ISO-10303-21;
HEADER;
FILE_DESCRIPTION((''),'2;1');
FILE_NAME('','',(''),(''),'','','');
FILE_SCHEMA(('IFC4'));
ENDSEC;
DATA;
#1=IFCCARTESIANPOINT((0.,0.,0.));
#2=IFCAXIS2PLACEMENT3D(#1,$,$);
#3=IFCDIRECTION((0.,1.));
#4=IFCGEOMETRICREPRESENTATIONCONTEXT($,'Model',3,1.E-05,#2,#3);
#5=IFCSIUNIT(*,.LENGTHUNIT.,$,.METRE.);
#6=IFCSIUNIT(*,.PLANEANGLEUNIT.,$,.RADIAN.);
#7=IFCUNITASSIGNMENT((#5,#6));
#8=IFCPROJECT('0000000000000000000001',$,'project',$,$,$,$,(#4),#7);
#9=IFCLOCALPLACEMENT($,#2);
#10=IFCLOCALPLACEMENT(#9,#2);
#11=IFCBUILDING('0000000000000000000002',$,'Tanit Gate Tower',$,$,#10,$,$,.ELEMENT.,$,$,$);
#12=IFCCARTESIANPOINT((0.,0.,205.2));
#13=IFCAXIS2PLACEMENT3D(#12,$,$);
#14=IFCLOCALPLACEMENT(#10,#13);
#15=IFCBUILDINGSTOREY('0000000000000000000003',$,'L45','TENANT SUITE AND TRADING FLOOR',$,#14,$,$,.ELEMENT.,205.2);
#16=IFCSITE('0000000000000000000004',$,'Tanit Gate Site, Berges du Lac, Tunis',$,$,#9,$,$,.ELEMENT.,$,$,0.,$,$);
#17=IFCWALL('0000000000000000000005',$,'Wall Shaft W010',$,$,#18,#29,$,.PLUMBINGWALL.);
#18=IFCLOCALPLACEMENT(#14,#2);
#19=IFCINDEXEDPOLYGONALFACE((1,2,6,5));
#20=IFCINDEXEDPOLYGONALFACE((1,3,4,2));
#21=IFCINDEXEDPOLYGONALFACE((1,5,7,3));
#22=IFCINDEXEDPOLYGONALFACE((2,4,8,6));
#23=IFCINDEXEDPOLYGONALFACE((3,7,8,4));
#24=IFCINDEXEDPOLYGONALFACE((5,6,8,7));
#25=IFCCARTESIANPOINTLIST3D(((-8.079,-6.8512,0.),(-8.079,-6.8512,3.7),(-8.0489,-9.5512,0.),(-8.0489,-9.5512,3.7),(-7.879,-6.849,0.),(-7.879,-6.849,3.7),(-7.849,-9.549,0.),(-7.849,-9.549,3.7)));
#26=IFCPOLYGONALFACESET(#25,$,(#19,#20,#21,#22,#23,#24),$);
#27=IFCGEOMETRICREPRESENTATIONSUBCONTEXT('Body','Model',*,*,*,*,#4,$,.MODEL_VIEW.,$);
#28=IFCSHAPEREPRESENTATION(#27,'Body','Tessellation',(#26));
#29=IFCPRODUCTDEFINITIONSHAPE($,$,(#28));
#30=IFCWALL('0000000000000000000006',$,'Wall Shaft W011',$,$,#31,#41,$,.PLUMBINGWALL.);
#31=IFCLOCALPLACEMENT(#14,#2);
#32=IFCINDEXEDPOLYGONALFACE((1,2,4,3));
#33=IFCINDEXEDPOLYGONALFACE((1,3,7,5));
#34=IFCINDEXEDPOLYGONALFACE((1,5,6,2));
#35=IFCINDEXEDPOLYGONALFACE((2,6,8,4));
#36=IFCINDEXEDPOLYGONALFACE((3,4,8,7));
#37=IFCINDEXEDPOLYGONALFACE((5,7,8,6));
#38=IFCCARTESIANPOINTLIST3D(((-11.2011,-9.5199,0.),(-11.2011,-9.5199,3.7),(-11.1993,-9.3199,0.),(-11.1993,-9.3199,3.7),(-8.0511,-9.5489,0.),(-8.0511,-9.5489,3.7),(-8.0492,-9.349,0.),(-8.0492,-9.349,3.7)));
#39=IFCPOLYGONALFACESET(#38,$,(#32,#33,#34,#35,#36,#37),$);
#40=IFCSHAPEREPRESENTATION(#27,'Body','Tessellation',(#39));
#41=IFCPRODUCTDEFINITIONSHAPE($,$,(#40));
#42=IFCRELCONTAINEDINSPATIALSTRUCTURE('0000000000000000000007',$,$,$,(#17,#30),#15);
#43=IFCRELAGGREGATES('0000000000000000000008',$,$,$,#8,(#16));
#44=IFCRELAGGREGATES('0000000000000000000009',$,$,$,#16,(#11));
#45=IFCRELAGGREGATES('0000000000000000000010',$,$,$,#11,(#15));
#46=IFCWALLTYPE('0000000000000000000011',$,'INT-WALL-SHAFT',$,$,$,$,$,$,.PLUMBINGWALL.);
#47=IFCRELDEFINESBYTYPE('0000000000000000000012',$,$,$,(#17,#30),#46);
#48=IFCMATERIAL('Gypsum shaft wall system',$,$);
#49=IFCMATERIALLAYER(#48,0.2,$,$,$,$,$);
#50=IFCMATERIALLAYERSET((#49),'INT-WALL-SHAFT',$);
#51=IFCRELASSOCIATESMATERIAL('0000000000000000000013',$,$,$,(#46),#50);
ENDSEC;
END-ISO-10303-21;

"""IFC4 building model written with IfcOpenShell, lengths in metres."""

from ifc_helpers import new_model, si_unit, direction, frame, frame_2d, origin, place, context, subcontext, project, spatial, rectangle, extrude, material, layer, layer_set, type_object, element, save


model = new_model("IFC4")

# Units and contexts
model_context = context("Model", 3, precision=1e-05, world=origin(), true_north=direction((0.0, 1.0)))
body_context = subcontext(model_context, "Body", "Model", "MODEL_VIEW")
ifc_project = project(units=[si_unit("LENGTHUNIT", "METRE"), si_unit("PLANEANGLEUNIT", "RADIAN")], contexts=[model_context])

# Site, building, storey
site_placement = place(None, origin())
site = spatial("IfcSite", under=ifc_project, at=site_placement, Name="Tanit Gate Site, Berges du Lac, Tunis", CompositionType="ELEMENT", RefElevation=0.0)
building_placement = place(site_placement, origin())
building = spatial("IfcBuilding", under=site, at=building_placement, Name="Tanit Gate Tower", CompositionType="ELEMENT")
storey_placement = place(building_placement, frame((0.0, 0.0, 205.2)))
storey = spatial("IfcBuildingStorey", under=building, at=storey_placement, Name="L45", Description="TENANT SUITE AND TRADING FLOOR", CompositionType="ELEMENT", Elevation=205.2)

# Walls
ifc_material_1 = material(Name="Gypsum shaft wall system")
ifc_layer_1 = layer(ifc_material_1, 0.2)
ifc_layer_set_1 = layer_set([ifc_layer_1], Name="INT-WALL-SHAFT")
wall_type_1 = type_object("IfcWallType", Name="INT-WALL-SHAFT", PredefinedType="PLUMBINGWALL", material=ifc_layer_set_1)
wall_1_placement = place(storey_placement, frame((-7.979, -6.8501, 0.0), z_axis=(0.0, 0.0, 1.0), x_axis=(0.011121, -0.999938, 0.0)))
element("IfcWall", 1, at=wall_1_placement, inside=storey, type_object=wall_type_1, Name="Wall Shaft W010", PredefinedType="PLUMBINGWALL", context=body_context, shape_type="SweptSolid", body=[
    extrude(rectangle(XDim=2.7002, YDim=0.2, at=frame_2d((1.3501, 0.0))), origin(), (0.0, 0.0, 1.0), 3.7),
])
wall_2_placement = place(storey_placement, frame((-8.05, -9.449, 0.0), z_axis=(0.0, 0.0, 1.0), x_axis=(-0.999957, 0.009223, 0.0)))
element("IfcWall", 2, at=wall_2_placement, inside=storey, type_object=wall_type_1, Name="Wall Shaft W011", PredefinedType="PLUMBINGWALL", context=body_context, shape_type="SweptSolid", body=[
    extrude(rectangle(XDim=3.1501, YDim=0.2, at=frame_2d((1.5752, 0.0))), origin(), (0.0, 0.0, 1.0), 3.7),
])

save(model, "model.ifc")
